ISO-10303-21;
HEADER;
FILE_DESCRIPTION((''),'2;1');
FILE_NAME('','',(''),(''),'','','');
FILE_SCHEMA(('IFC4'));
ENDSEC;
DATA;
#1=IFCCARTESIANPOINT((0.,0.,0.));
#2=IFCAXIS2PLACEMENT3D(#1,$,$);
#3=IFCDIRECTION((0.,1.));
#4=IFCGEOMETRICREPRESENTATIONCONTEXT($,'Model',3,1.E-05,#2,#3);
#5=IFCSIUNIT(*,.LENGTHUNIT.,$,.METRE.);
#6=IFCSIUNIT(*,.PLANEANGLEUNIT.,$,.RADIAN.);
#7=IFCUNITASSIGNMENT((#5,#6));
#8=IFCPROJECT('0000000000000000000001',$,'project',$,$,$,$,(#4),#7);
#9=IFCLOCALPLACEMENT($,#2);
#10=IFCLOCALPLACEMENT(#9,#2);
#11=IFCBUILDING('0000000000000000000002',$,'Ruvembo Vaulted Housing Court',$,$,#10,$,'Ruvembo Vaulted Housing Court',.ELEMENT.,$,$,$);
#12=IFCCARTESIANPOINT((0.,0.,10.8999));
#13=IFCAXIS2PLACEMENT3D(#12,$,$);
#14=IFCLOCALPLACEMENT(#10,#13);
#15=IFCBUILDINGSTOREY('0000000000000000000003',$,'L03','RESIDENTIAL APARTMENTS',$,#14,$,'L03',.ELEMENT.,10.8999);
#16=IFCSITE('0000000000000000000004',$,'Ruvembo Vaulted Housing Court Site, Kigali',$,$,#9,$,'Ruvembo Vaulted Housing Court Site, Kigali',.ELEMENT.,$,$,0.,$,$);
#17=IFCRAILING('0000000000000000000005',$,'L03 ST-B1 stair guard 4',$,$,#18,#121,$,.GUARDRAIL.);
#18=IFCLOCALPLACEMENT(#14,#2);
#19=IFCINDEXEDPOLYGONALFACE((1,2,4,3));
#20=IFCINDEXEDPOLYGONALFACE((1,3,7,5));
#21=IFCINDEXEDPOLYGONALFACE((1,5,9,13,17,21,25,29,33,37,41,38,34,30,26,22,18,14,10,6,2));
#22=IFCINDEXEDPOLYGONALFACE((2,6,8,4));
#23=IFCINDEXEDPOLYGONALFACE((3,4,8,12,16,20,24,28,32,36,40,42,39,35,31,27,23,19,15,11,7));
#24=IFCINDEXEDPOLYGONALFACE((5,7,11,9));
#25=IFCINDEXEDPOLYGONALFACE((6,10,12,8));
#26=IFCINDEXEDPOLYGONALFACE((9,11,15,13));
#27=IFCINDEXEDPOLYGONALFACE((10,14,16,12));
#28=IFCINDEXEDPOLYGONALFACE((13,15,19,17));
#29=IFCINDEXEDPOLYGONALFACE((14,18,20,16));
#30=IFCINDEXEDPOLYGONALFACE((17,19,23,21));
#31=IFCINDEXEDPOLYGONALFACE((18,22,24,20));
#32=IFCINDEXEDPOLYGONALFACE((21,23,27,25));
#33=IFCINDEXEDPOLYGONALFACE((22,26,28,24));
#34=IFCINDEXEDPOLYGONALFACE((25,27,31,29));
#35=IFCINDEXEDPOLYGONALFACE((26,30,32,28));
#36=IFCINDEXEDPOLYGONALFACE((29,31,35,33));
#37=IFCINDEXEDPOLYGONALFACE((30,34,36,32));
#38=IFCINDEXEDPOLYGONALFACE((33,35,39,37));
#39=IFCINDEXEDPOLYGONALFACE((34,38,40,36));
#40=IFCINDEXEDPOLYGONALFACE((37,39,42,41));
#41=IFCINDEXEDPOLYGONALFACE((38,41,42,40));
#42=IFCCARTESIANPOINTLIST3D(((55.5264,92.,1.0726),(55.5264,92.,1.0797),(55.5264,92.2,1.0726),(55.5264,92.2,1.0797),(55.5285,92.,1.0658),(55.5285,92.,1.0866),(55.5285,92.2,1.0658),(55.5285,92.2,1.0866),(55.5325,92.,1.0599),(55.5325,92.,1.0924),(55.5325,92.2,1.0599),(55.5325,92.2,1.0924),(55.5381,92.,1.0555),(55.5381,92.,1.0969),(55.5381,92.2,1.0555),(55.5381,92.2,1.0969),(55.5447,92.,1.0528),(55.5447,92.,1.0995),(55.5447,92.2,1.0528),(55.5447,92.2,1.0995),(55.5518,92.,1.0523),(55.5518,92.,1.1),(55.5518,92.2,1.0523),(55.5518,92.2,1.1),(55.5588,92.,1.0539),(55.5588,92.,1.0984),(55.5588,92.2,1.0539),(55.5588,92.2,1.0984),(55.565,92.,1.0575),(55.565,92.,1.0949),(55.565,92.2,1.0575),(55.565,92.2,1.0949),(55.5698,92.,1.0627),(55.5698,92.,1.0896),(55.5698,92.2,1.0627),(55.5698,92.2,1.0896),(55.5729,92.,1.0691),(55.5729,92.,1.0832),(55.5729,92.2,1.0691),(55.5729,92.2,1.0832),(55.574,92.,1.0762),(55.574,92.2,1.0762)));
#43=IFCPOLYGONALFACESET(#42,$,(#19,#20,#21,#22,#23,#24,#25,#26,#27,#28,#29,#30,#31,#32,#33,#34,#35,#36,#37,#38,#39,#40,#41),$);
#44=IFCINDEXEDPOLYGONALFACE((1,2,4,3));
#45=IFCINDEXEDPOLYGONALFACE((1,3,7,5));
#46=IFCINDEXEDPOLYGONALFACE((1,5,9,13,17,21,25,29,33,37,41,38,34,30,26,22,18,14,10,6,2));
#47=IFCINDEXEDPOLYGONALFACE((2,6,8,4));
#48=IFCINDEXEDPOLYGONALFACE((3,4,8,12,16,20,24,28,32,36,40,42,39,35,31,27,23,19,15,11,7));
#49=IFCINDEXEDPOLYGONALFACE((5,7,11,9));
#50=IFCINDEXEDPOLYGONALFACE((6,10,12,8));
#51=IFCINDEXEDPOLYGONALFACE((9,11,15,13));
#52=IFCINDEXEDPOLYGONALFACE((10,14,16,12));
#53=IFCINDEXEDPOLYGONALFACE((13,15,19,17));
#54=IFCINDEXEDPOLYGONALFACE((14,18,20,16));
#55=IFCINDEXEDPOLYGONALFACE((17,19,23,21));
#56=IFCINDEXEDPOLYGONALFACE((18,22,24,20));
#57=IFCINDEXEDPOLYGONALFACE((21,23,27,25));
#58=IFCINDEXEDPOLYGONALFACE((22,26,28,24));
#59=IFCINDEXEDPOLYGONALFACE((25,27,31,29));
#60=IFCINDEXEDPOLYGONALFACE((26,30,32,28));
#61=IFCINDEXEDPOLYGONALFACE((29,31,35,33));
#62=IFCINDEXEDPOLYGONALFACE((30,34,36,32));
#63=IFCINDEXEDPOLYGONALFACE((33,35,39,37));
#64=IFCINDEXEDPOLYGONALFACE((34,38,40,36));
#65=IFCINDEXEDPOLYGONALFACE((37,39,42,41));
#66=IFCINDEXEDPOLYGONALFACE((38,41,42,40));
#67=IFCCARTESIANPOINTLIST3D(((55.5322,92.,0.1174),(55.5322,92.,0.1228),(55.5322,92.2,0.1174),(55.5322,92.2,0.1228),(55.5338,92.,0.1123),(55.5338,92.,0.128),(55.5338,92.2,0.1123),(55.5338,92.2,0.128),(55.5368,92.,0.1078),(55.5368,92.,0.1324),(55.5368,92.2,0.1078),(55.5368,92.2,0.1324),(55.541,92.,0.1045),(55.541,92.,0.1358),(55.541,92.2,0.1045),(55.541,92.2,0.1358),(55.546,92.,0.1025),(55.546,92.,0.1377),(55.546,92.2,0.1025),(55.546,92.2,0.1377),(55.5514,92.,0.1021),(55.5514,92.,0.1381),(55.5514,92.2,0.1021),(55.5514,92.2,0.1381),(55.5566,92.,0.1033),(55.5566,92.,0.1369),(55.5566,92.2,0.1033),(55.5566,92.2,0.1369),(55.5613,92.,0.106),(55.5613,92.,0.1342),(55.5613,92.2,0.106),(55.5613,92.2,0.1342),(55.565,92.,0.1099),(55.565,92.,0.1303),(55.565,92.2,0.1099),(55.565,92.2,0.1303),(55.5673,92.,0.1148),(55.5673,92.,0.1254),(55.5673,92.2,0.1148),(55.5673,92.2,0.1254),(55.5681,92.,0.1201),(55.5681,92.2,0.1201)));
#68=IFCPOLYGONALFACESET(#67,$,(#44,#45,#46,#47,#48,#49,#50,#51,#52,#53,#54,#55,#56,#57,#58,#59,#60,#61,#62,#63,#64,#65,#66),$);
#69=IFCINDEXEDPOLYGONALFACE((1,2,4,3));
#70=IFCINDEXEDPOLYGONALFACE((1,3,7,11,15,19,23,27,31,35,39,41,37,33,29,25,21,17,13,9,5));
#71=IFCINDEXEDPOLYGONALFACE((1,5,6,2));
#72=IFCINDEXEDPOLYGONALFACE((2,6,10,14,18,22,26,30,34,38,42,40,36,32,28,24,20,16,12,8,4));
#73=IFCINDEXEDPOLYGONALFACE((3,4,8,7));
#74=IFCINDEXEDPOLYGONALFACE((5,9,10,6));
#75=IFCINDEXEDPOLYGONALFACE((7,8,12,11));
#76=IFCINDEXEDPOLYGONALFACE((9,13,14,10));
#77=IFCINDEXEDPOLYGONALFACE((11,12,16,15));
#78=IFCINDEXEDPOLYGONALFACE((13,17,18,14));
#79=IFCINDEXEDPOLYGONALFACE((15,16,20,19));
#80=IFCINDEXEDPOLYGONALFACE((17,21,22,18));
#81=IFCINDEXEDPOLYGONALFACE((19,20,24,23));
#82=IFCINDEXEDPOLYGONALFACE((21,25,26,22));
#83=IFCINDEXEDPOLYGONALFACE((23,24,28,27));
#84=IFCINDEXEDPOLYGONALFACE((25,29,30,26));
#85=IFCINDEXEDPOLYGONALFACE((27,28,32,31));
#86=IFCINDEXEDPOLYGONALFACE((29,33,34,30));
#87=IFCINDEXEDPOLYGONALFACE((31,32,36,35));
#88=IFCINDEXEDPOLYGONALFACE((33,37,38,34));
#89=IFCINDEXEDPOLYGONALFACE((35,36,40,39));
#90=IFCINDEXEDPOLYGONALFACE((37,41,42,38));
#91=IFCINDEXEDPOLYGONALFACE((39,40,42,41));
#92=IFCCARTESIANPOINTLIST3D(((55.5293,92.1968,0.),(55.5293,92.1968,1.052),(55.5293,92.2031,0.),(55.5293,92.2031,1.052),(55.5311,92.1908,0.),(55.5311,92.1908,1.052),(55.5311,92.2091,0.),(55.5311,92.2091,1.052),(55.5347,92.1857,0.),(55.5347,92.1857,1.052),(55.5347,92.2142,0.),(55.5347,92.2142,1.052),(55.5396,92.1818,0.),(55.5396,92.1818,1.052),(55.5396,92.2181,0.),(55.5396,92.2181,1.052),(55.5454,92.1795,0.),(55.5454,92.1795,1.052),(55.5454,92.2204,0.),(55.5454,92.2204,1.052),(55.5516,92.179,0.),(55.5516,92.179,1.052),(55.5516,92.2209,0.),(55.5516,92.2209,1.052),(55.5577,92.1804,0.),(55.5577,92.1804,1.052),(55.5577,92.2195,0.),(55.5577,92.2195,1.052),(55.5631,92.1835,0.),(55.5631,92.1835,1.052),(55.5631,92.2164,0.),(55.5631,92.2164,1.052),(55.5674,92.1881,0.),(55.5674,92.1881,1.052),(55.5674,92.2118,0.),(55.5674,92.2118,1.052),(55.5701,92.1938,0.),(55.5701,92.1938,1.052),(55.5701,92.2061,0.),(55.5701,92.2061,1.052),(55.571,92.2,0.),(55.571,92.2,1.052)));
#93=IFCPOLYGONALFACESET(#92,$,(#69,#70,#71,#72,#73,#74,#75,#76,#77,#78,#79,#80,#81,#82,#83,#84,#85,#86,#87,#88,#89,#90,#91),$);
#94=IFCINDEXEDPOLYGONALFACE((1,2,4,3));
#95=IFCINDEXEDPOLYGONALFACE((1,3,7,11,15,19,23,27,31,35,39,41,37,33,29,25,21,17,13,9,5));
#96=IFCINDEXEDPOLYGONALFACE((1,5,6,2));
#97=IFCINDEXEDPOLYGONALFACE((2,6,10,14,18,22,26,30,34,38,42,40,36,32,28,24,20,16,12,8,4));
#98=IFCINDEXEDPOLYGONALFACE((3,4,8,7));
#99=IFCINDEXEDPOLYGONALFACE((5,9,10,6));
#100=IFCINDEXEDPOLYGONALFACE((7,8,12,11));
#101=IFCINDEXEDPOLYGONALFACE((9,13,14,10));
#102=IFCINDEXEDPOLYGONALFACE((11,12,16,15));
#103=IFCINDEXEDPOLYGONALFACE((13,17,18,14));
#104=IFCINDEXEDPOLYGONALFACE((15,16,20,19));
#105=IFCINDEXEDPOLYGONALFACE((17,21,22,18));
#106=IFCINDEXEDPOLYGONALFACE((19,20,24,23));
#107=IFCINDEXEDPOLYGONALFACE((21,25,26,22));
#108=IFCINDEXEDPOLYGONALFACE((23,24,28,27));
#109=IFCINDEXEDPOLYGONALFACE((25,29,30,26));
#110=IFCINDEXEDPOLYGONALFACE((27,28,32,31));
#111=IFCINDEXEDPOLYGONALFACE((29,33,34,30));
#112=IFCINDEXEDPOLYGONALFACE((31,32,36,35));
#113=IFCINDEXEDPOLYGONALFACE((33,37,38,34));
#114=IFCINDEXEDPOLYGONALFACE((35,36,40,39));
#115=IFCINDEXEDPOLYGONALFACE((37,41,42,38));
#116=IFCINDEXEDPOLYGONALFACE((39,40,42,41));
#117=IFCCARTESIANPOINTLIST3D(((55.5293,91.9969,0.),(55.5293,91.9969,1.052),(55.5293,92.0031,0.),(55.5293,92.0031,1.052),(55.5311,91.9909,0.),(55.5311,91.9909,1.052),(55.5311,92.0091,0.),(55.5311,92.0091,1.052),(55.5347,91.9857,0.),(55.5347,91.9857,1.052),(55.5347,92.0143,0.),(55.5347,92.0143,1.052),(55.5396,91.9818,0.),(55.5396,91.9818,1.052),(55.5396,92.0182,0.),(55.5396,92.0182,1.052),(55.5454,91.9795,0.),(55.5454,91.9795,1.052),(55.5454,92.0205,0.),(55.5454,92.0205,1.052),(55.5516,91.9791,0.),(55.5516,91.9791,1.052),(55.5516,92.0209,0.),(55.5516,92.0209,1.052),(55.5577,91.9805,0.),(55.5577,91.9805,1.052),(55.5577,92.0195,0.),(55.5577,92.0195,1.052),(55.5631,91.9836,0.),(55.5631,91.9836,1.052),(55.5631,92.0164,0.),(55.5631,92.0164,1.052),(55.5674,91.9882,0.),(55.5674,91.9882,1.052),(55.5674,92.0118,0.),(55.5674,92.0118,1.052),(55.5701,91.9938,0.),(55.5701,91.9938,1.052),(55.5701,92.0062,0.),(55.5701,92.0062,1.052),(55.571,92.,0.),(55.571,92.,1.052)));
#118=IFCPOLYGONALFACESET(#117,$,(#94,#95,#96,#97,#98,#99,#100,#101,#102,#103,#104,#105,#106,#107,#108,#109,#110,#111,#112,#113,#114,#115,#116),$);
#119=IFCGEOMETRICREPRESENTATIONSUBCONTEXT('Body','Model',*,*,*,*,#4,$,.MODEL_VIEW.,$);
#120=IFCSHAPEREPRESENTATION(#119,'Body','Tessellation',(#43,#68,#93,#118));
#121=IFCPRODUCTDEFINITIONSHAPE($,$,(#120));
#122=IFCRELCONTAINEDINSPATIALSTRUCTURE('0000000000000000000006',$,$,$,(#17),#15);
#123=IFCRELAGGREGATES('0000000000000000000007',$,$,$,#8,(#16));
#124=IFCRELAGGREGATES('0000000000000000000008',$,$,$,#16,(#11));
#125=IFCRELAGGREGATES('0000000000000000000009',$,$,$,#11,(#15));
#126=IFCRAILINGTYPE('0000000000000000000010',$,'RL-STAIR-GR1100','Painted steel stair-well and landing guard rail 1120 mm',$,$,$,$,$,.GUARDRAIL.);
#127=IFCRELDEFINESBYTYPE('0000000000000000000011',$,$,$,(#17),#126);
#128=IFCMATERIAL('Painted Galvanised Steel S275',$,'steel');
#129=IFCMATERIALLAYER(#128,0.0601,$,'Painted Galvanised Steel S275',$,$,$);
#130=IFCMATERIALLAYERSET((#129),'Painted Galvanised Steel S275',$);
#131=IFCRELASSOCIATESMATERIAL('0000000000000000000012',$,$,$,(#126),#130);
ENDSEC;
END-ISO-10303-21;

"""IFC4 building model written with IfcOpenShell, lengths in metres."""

from ifc_helpers import new_model, si_unit, direction, frame, origin, origin_2d, place, context, subcontext, project, spatial, circle, extrude, material, layer, layer_set, type_object, element, save


model = new_model("IFC4")

# Units and contexts
model_context = context("Model", 3, precision=1e-05, world=origin(), true_north=direction((0.0, 1.0)))
body_context = subcontext(model_context, "Body", "Model", "MODEL_VIEW")
ifc_project = project(units=[si_unit("LENGTHUNIT", "METRE"), si_unit("PLANEANGLEUNIT", "RADIAN")], contexts=[model_context])

# Site, building, storey
site_placement = place(None, origin())
site = spatial("IfcSite", under=ifc_project, at=site_placement, Name="Ruvembo Vaulted Housing Court Site, Kigali", LongName="Ruvembo Vaulted Housing Court Site, Kigali", CompositionType="ELEMENT", RefElevation=0.0)
building_placement = place(site_placement, origin())
building = spatial("IfcBuilding", under=site, at=building_placement, Name="Ruvembo Vaulted Housing Court", LongName="Ruvembo Vaulted Housing Court", CompositionType="ELEMENT")
storey_placement = place(building_placement, frame((0.0, 0.0, 10.8999)))
storey = spatial("IfcBuildingStorey", under=building, at=storey_placement, Name="L03", Description="RESIDENTIAL APARTMENTS", LongName="L03", CompositionType="ELEMENT", Elevation=10.8999)

# Railing
ifc_material_1 = material(Name="Painted Galvanised Steel S275", Category="steel")
ifc_layer_1 = layer(ifc_material_1, 0.0601, Name="Painted Galvanised Steel S275")
ifc_layer_set_1 = layer_set([ifc_layer_1], Name="Painted Galvanised Steel S275")
railing_type_1 = type_object("IfcRailingType", Name="RL-STAIR-GR1100", Description="Painted steel stair-well and landing guard rail 1120 mm", PredefinedType="GUARDRAIL", material=ifc_layer_set_1)
railing_1_placement = place(storey_placement, frame((55.55, 92.2, 0.0)))
element("IfcRailing", 1, at=railing_1_placement, inside=storey, type_object=railing_type_1, Name="L03 ST-B1 stair guard 4", PredefinedType="GUARDRAIL", context=body_context, shape_type="SweptSolid", body=[
    extrude(circle(Radius=0.0239, at=origin_2d()), frame((0.0, 0.0, 1.0762), z_axis=(0.0, -1.0, 0.0), x_axis=(1.0, 0.0, 0.0)), (0.0, 0.0, 1.0), 0.2),
    extrude(circle(Radius=0.0181, at=origin_2d()), frame((0.0, 0.0, 0.1201), z_axis=(0.0, -1.0, 0.0), x_axis=(1.0, 0.0, 0.0)), (0.0, 0.0, 1.0), 0.2),
    extrude(circle(Radius=0.021, at=origin_2d()), origin(), (0.0, 0.0, 1.0), 1.052),
    extrude(circle(Radius=0.021, at=origin_2d()), frame((0.0, -0.2, 0.0)), (0.0, 0.0, 1.0), 1.052),
])

save(model, "model.ifc")
